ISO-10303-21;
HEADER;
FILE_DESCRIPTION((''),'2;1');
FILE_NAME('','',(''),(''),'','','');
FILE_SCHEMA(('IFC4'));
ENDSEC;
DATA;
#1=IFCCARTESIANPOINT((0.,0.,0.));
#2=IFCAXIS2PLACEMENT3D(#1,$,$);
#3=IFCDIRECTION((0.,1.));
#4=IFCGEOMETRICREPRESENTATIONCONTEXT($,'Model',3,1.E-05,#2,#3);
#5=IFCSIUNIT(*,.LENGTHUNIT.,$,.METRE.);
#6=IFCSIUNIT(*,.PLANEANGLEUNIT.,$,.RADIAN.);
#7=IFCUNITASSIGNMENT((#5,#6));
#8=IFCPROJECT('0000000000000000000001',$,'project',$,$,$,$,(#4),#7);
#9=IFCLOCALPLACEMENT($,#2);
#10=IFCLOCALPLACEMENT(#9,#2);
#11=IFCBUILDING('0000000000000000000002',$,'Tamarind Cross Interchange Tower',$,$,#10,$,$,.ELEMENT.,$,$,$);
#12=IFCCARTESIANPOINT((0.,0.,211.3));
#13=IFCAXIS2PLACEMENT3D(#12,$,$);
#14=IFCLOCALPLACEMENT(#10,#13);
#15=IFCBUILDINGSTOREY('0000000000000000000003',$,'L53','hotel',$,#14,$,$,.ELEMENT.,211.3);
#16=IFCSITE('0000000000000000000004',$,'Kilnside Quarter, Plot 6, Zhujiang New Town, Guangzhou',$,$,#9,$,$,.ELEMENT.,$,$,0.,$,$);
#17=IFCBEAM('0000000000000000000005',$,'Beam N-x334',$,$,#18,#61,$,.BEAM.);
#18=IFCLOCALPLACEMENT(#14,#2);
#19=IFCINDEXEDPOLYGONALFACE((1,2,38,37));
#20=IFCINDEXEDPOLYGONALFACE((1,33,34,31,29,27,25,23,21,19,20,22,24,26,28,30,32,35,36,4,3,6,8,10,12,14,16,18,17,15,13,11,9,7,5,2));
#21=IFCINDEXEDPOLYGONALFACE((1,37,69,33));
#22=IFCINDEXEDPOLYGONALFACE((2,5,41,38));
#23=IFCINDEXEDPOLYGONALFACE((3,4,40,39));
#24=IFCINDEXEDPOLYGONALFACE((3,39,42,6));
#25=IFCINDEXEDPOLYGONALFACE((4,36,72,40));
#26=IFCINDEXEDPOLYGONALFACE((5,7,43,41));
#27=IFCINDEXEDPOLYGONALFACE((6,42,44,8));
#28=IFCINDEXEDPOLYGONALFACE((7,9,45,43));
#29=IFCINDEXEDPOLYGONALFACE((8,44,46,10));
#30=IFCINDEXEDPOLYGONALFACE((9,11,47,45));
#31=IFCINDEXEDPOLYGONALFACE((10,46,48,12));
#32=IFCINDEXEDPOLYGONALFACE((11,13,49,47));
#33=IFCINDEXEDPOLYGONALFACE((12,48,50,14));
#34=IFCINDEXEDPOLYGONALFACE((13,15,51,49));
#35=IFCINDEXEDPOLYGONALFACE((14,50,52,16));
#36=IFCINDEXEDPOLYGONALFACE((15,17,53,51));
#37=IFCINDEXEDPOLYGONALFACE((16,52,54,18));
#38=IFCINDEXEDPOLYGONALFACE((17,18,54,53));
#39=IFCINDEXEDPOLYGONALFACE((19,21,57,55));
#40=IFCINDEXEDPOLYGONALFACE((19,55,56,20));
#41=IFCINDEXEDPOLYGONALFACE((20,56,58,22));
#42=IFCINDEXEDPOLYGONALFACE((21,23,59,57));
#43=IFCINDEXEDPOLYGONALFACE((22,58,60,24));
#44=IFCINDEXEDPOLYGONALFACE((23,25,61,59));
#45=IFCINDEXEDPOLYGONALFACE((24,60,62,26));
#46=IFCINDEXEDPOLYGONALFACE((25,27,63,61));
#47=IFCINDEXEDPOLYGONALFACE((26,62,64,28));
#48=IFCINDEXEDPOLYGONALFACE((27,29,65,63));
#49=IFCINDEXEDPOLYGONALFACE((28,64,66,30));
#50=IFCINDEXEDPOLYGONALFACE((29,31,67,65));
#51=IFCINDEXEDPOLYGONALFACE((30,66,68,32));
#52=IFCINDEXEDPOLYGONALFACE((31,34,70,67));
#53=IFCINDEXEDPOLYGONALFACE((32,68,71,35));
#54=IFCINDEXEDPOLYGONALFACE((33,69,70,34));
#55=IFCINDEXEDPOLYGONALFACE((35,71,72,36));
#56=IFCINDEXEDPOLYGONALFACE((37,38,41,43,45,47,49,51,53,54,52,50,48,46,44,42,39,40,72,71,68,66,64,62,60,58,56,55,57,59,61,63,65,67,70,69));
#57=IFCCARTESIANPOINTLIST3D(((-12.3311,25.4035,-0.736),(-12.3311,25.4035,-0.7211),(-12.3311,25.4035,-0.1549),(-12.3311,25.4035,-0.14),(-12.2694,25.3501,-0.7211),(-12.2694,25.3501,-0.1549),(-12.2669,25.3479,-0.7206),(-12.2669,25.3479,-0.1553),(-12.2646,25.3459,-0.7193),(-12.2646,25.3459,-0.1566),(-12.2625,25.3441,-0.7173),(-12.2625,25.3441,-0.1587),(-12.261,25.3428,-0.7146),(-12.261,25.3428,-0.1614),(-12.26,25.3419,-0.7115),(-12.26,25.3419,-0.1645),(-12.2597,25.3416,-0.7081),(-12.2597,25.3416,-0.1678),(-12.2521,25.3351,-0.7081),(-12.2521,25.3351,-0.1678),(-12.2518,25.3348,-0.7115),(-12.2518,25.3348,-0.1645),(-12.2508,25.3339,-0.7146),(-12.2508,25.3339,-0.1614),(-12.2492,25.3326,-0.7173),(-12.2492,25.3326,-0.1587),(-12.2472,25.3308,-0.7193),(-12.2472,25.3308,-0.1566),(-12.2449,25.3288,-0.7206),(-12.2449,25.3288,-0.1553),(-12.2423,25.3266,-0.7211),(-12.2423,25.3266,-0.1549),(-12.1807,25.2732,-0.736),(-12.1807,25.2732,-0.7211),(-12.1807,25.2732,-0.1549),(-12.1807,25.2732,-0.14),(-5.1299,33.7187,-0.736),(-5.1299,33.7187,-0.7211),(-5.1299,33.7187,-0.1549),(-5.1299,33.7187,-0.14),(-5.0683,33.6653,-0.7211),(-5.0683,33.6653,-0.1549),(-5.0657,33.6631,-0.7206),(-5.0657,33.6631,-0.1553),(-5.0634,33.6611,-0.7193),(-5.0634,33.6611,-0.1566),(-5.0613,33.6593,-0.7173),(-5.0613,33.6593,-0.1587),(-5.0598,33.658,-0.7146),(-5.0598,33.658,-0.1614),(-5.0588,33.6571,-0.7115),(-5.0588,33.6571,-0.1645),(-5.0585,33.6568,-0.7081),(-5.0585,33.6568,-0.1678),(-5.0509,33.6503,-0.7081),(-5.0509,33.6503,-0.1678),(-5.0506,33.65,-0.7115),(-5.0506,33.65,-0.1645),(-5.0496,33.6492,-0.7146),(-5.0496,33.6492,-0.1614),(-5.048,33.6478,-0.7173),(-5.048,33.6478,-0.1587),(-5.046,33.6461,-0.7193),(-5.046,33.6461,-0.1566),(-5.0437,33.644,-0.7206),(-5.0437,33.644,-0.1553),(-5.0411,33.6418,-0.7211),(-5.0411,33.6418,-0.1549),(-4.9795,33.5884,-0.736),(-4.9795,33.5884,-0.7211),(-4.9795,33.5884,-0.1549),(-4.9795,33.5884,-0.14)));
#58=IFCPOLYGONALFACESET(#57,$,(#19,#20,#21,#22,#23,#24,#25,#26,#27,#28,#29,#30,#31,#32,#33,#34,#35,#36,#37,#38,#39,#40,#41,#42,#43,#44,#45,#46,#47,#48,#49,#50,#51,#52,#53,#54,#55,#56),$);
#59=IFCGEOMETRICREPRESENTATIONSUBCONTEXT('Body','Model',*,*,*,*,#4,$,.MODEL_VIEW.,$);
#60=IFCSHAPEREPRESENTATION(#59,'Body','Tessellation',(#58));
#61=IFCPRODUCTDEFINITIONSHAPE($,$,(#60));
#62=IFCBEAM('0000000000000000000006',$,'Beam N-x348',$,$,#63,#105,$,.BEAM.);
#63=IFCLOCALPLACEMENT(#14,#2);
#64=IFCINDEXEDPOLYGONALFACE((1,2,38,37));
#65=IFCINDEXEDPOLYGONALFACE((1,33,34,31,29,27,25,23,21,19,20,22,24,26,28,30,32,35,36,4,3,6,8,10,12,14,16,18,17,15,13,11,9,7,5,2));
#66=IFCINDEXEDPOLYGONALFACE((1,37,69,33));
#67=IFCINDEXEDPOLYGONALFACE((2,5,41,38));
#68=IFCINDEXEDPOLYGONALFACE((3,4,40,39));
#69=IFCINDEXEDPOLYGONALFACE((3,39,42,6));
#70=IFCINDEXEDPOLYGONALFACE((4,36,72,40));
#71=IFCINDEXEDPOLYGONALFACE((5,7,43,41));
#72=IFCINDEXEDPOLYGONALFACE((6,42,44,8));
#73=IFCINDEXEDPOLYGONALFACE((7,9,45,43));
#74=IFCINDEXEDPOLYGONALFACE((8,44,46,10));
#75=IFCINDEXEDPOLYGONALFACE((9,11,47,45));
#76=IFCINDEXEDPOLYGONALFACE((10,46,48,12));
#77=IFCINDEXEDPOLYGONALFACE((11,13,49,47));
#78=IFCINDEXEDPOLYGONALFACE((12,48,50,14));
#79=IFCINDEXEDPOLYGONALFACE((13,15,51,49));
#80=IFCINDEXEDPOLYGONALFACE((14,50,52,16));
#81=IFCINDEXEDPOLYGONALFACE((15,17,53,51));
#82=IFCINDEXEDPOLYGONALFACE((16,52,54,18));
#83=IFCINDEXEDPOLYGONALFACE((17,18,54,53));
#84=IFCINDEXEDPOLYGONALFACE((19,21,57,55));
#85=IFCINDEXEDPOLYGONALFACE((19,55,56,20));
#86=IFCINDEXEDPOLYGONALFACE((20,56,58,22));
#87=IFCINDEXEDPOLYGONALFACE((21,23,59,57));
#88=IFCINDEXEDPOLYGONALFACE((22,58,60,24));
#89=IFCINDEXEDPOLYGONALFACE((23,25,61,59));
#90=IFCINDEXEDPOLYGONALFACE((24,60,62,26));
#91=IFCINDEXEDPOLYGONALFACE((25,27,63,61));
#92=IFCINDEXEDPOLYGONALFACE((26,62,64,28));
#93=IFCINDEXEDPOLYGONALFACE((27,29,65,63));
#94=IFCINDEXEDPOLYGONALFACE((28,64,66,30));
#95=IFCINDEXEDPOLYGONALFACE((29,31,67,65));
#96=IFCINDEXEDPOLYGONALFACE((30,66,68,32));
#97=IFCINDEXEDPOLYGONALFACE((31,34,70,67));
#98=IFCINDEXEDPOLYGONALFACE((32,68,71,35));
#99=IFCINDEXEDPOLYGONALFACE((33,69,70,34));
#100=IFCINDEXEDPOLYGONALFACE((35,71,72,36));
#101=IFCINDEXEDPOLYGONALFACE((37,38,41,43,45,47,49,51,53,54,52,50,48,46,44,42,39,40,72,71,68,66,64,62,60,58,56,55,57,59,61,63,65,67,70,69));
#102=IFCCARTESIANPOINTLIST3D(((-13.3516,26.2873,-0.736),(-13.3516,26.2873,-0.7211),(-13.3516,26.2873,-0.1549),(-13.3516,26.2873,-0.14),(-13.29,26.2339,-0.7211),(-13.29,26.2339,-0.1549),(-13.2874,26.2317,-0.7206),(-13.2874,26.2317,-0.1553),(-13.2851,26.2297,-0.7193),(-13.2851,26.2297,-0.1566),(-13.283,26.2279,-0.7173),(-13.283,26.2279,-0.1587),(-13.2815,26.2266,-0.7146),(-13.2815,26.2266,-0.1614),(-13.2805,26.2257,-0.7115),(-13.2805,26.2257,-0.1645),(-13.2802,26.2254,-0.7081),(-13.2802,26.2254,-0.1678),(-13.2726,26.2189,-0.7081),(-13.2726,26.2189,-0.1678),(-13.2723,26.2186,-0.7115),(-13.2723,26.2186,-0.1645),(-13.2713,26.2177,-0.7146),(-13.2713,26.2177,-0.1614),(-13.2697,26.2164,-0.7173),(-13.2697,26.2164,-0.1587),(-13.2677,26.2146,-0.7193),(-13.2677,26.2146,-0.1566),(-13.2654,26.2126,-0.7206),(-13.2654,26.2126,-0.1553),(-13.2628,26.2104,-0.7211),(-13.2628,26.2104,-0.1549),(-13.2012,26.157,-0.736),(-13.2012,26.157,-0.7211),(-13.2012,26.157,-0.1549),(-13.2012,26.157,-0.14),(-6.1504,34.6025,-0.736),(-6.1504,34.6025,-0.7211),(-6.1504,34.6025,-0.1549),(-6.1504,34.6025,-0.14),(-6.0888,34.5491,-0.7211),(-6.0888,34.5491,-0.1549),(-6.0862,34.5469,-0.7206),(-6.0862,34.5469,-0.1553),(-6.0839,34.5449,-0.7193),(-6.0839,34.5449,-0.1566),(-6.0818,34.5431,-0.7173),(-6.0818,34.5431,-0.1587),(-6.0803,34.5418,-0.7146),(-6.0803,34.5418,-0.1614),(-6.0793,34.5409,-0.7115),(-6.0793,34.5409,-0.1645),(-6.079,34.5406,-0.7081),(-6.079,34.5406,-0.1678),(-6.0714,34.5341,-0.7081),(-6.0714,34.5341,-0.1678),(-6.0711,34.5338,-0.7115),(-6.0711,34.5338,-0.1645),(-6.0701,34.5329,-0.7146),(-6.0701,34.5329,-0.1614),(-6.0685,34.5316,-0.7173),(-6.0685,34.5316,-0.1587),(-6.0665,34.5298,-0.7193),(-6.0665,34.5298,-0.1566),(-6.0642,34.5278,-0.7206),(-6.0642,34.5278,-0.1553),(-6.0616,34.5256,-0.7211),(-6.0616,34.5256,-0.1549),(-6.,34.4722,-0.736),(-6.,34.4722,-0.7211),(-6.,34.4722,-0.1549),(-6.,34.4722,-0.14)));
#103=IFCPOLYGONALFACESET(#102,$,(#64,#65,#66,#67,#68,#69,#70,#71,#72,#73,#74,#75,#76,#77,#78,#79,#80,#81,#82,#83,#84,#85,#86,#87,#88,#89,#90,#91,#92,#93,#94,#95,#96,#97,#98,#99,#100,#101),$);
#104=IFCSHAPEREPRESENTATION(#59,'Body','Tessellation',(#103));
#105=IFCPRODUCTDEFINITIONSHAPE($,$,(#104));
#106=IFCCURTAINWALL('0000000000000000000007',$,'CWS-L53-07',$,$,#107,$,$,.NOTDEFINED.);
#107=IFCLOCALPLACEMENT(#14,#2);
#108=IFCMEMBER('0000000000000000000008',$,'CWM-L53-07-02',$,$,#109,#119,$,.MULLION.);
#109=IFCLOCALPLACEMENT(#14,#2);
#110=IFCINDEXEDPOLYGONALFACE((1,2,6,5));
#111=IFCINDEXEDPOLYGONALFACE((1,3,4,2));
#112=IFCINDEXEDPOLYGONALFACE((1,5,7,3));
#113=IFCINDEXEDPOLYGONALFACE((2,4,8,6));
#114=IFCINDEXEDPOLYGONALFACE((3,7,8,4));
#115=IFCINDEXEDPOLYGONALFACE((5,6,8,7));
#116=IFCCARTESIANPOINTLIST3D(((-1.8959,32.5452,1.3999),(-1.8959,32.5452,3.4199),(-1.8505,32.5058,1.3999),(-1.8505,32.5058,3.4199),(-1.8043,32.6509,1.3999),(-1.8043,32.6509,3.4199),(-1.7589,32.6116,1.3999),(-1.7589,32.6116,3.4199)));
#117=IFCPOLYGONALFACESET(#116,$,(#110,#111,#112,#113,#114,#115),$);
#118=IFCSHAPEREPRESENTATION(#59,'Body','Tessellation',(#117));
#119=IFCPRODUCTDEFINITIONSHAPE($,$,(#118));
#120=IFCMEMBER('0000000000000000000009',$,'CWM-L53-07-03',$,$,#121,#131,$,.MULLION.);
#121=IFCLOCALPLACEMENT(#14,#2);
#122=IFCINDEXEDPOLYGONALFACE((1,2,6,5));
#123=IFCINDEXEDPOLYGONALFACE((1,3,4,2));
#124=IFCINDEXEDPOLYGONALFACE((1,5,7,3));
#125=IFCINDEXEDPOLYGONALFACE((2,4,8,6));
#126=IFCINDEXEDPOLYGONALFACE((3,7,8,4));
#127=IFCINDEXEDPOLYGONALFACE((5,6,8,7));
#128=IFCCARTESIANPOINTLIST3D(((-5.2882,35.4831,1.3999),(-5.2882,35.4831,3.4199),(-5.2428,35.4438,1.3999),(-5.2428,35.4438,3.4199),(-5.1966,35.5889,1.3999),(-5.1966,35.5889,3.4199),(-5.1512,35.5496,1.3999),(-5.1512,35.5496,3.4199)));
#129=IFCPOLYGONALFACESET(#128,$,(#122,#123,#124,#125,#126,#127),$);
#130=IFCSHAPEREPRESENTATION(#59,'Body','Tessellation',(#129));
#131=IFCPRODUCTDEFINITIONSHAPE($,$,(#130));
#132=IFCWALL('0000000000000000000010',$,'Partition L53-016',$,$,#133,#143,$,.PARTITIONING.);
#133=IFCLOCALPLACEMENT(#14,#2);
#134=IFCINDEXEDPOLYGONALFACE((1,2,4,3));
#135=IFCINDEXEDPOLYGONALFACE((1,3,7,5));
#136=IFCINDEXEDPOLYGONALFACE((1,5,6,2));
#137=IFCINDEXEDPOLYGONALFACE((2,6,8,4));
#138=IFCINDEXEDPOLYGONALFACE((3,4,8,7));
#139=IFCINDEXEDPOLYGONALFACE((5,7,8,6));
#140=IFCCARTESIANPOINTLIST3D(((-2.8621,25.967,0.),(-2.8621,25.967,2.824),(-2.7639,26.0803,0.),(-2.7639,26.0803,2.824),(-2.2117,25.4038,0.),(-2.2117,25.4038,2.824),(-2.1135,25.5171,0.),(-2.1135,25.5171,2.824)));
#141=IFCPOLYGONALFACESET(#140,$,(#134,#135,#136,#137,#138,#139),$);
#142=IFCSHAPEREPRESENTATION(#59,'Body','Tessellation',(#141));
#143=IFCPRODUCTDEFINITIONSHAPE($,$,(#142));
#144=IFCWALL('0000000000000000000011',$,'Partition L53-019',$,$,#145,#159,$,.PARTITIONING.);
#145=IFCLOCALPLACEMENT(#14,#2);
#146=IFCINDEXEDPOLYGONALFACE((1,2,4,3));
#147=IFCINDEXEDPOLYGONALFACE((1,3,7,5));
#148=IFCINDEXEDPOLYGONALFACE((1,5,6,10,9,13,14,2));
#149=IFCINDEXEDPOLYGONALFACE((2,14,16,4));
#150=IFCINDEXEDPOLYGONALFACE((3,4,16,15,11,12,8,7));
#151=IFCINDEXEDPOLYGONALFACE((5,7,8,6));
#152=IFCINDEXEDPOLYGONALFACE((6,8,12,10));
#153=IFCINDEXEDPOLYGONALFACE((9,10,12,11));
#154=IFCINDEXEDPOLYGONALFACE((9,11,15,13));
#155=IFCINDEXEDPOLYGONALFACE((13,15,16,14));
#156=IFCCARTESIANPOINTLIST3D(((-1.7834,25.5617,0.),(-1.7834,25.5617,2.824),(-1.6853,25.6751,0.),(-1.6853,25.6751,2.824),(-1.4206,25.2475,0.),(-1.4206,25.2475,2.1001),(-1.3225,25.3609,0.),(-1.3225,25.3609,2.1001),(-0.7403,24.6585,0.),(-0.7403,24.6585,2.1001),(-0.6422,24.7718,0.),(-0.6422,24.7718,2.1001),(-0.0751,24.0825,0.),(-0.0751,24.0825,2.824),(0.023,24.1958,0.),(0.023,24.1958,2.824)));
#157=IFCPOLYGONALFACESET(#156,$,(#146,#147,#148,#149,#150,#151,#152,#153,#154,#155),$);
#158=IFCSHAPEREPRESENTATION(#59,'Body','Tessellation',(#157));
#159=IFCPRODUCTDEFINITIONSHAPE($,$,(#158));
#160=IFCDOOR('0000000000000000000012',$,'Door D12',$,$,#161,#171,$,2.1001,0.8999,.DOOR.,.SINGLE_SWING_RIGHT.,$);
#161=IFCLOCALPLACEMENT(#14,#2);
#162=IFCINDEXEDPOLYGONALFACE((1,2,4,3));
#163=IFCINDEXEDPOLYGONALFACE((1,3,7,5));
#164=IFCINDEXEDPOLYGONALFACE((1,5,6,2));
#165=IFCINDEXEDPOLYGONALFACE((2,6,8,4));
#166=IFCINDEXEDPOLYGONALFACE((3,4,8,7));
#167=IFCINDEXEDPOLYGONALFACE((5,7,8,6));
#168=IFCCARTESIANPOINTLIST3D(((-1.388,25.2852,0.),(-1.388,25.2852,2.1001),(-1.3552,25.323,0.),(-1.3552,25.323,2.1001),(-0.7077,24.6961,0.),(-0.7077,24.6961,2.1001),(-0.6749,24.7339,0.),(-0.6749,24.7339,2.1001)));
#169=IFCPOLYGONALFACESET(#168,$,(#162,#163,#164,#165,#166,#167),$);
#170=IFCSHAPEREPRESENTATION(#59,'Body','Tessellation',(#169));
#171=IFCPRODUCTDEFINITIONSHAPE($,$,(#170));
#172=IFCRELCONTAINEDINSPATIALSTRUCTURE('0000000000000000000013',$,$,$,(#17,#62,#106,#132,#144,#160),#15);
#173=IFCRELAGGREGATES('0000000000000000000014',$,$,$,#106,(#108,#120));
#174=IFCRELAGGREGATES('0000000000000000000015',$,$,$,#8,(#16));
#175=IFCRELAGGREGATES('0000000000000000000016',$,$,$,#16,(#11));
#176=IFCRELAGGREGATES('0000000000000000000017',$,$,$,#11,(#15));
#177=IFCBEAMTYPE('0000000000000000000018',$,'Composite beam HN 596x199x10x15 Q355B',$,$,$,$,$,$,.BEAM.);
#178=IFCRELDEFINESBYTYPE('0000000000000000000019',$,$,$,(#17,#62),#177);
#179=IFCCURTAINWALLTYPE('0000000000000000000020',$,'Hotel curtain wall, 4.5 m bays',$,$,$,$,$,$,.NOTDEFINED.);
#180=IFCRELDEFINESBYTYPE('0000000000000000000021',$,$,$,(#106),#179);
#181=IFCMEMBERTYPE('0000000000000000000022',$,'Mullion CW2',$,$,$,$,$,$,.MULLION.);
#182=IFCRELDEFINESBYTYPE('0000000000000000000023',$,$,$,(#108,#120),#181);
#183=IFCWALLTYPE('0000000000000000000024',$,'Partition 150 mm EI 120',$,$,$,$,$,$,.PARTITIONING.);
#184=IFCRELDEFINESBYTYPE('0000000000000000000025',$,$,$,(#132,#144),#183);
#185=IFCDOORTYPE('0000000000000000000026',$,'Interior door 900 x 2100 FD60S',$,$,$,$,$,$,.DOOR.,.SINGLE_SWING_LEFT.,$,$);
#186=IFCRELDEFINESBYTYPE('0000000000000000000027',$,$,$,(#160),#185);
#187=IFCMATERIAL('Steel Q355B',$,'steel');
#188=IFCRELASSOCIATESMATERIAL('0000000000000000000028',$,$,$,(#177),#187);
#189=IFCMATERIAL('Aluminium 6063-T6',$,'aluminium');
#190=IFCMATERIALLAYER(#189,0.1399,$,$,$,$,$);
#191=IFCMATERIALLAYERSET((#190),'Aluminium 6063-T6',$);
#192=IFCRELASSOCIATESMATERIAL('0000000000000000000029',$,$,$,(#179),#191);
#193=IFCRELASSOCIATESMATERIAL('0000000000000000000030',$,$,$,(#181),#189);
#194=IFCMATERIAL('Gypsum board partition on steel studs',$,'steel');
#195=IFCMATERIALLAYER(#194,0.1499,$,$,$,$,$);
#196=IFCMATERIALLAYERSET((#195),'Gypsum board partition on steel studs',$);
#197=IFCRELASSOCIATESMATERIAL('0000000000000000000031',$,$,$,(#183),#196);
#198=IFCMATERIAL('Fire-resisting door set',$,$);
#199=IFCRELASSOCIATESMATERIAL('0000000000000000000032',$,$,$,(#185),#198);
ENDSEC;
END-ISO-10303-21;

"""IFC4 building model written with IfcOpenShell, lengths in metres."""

from ifc_helpers import new_model, si_unit, direction, frame, frame_2d, origin, origin_2d, place, context, subcontext, project, spatial, rectangle, i_section, extrude, material, layer, layer_set, material_profile, profile_set, type_object, element, fill, aggregate, save


model = new_model("IFC4")

# Units and contexts
model_context = context("Model", 3, precision=1e-05, world=origin(), true_north=direction((0.0, 1.0)))
body_context = subcontext(model_context, "Body", "Model", "MODEL_VIEW")
ifc_project = project(units=[si_unit("LENGTHUNIT", "METRE"), si_unit("PLANEANGLEUNIT", "RADIAN")], contexts=[model_context])

# Site, building, storey
site_placement = place(None, origin())
site = spatial("IfcSite", under=ifc_project, at=site_placement, Name="Kilnside Quarter, Plot 6, Zhujiang New Town, Guangzhou", CompositionType="ELEMENT", RefElevation=0.0)
building_placement = place(site_placement, origin())
building = spatial("IfcBuilding", under=site, at=building_placement, Name="Tamarind Cross Interchange Tower", CompositionType="ELEMENT")
storey_placement = place(building_placement, frame((0.0, 0.0, 211.3)))
storey = spatial("IfcBuildingStorey", under=building, at=storey_placement, Name="L53", Description="hotel", CompositionType="ELEMENT", Elevation=211.3)

# Beams
ifc_material_1 = material(Name="Steel Q355B", Category="steel")
ifc_material_profile_1 = material_profile(ifc_material_1, i_section(OverallWidth=0.199, OverallDepth=0.5959, WebThickness=0.01, FlangeThickness=0.0149, FilletRadius=0.0129, at=origin_2d()), Name="HN 596x199x10x15")
ifc_profile_set_1 = profile_set([ifc_material_profile_1], Name="Steel Q355B")
beam_type_1 = type_object("IfcBeamType", Name="Composite beam HN 596x199x10x15 Q355B", PredefinedType="BEAM", material=ifc_profile_set_1)
for number, where, z_axis, x_axis, name in (
    (1, (-5.0547, 33.6536, -0.438), (-0.654654, -0.755928, 0.0), (0.755928, -0.654654, 0.0), "Beam N-x334"),
    (2, (-6.0752, 34.5374, -0.438), (-0.654654, -0.755928, 0.0), (0.755928, -0.654654, 0.0), "Beam N-x348"),
):
    element("IfcBeam", number, at=place(storey_placement, frame(where, z_axis=z_axis, x_axis=x_axis)), inside=storey, type_object=beam_type_1, Name=name, PredefinedType="BEAM", context=body_context, shape_type="SweptSolid", body=[
        extrude(i_section(OverallWidth=0.199, OverallDepth=0.5959, WebThickness=0.01, FlangeThickness=0.0149, FilletRadius=0.0129, at=origin_2d()), origin(), (0.0, 0.0, 1.0), 11.0),
    ])

# Curtain wall, members
ifc_material_2 = material(Name="Aluminium 6063-T6", Category="aluminium")
ifc_layer_1 = layer(ifc_material_2, 0.1399)
ifc_layer_set_1 = layer_set([ifc_layer_1], Name="Aluminium 6063-T6")
curtain_wall_type = type_object("IfcCurtainWallType", Name="Hotel curtain wall, 4.5 m bays", PredefinedType="NOTDEFINED", material=ifc_layer_set_1)
curtain_wall_placement = place(storey_placement, origin())
curtain_wall = element("IfcCurtainWall", 3, at=curtain_wall_placement, inside=storey, type_object=curtain_wall_type, Name="CWS-L53-07", PredefinedType="NOTDEFINED")
ifc_material_profile_2 = material_profile(ifc_material_2, rectangle(XDim=0.0601, YDim=0.1399, at=origin_2d()), Name="Mullion CW2")
ifc_profile_set_2 = profile_set([ifc_material_profile_2], Name="Aluminium 6063-T6")
member_type = type_object("IfcMemberType", Name="Mullion CW2", PredefinedType="MULLION", material=ifc_profile_set_2)
member_1_placement = place(storey_placement, frame((-1.8274, 32.5784, 1.3999), z_axis=(0.0, 0.0, 1.0), x_axis=(-0.755917, 0.654667, 0.0)))
member_1 = element("IfcMember", 4, at=member_1_placement, type_object=member_type, Name="CWM-L53-07-02", PredefinedType="MULLION", context=body_context, shape_type="SweptSolid", body=[
    extrude(rectangle(XDim=0.0601, YDim=0.1399, at=origin_2d()), origin(), (0.0, 0.0, 1.0), 2.02),
])
member_2_placement = place(storey_placement, frame((-5.2197, 35.5164, 1.3999), z_axis=(0.0, 0.0, 1.0), x_axis=(-0.755917, 0.654667, 0.0)))
member_2 = element("IfcMember", 5, at=member_2_placement, type_object=member_type, Name="CWM-L53-07-03", PredefinedType="MULLION", context=body_context, shape_type="SweptSolid", body=[
    extrude(rectangle(XDim=0.0601, YDim=0.1399, at=origin_2d()), origin(), (0.0, 0.0, 1.0), 2.02),
])
aggregate(curtain_wall, [member_1, member_2])

# Wall
ifc_material_3 = material(Name="Gypsum board partition on steel studs", Category="steel")
ifc_layer_2 = layer(ifc_material_3, 0.1499)
ifc_layer_set_2 = layer_set([ifc_layer_2], Name="Gypsum board partition on steel studs")
wall_type_1 = type_object("IfcWallType", Name="Partition 150 mm EI 120", PredefinedType="PARTITIONING", material=ifc_layer_set_2)
wall_1_placement = place(storey_placement, frame((-2.813, 26.0237, 0.0), z_axis=(0.0, 0.0, 1.0), x_axis=(0.755942, -0.654639, 0.0)))
element("IfcWall", 6, at=wall_1_placement, inside=storey, type_object=wall_type_1, Name="Partition L53-016", PredefinedType="PARTITIONING", context=body_context, shape_type="SweptSolid", body=[
    extrude(rectangle(XDim=0.8604, YDim=0.1499, at=frame_2d((0.4302, 0.0))), origin(), (0.0, 0.0, 1.0), 2.824),
])

# Wall, opening, door
wall_2_placement = place(storey_placement, frame((-1.7344, 25.6184, 0.0), z_axis=(0.0, 0.0, 1.0), x_axis=(0.75596, -0.654618, 0.0)))
wall_2 = element("IfcWall", 7, at=wall_2_placement, inside=storey, type_object=wall_type_1, Name="Partition L53-019", PredefinedType="PARTITIONING", context=body_context, shape_type="SweptSolid", body=[
    extrude(rectangle(XDim=2.2598, YDim=0.1499, at=frame_2d((1.1299, 0.0))), origin(), (0.0, 0.0, 1.0), 2.824),
])
opening_1_placement = place(wall_2_placement, frame((0.48, 0.0, 0.0)))
opening_1 = element("IfcOpeningElement", 8, at=opening_1_placement, cuts=wall_2, PredefinedType="OPENING", context=body_context, shape_type="SweptSolid", body=[
    extrude(rectangle(XDim=0.8999, YDim=2.1001, at=frame_2d((0.45, 1.05))), frame((0.0, 0.085, 0.0), z_axis=(0.0, -1.0, 0.0), x_axis=(1.0, 0.0, 0.0)), (0.0, 0.0, 1.0), 0.1699),
])
ifc_material_4 = material(Name="Fire-resisting door set")
door_type_1 = type_object("IfcDoorType", Name="Interior door 900 x 2100 FD60S", OperationType="SINGLE_SWING_LEFT", PredefinedType="DOOR", material=ifc_material_4)
door_1_placement = place(opening_1_placement, origin())
door_1 = element("IfcDoor", 9, at=door_1_placement, inside=storey, type_object=door_type_1, Name="Door D12", OperationType="SINGLE_SWING_RIGHT", OverallHeight=2.1001, OverallWidth=0.8999, PredefinedType="DOOR", context=body_context, shape_type="SweptSolid", body=[
    extrude(rectangle(XDim=0.8999, YDim=2.1001, at=frame_2d((0.45, 1.05))), frame((0.0, 0.0249, 0.0), z_axis=(0.0, -1.0, 0.0), x_axis=(1.0, 0.0, 0.0)), (0.0, 0.0, 1.0), 0.05),
])
fill(opening_1, door_1)

save(model, "model.ifc")
